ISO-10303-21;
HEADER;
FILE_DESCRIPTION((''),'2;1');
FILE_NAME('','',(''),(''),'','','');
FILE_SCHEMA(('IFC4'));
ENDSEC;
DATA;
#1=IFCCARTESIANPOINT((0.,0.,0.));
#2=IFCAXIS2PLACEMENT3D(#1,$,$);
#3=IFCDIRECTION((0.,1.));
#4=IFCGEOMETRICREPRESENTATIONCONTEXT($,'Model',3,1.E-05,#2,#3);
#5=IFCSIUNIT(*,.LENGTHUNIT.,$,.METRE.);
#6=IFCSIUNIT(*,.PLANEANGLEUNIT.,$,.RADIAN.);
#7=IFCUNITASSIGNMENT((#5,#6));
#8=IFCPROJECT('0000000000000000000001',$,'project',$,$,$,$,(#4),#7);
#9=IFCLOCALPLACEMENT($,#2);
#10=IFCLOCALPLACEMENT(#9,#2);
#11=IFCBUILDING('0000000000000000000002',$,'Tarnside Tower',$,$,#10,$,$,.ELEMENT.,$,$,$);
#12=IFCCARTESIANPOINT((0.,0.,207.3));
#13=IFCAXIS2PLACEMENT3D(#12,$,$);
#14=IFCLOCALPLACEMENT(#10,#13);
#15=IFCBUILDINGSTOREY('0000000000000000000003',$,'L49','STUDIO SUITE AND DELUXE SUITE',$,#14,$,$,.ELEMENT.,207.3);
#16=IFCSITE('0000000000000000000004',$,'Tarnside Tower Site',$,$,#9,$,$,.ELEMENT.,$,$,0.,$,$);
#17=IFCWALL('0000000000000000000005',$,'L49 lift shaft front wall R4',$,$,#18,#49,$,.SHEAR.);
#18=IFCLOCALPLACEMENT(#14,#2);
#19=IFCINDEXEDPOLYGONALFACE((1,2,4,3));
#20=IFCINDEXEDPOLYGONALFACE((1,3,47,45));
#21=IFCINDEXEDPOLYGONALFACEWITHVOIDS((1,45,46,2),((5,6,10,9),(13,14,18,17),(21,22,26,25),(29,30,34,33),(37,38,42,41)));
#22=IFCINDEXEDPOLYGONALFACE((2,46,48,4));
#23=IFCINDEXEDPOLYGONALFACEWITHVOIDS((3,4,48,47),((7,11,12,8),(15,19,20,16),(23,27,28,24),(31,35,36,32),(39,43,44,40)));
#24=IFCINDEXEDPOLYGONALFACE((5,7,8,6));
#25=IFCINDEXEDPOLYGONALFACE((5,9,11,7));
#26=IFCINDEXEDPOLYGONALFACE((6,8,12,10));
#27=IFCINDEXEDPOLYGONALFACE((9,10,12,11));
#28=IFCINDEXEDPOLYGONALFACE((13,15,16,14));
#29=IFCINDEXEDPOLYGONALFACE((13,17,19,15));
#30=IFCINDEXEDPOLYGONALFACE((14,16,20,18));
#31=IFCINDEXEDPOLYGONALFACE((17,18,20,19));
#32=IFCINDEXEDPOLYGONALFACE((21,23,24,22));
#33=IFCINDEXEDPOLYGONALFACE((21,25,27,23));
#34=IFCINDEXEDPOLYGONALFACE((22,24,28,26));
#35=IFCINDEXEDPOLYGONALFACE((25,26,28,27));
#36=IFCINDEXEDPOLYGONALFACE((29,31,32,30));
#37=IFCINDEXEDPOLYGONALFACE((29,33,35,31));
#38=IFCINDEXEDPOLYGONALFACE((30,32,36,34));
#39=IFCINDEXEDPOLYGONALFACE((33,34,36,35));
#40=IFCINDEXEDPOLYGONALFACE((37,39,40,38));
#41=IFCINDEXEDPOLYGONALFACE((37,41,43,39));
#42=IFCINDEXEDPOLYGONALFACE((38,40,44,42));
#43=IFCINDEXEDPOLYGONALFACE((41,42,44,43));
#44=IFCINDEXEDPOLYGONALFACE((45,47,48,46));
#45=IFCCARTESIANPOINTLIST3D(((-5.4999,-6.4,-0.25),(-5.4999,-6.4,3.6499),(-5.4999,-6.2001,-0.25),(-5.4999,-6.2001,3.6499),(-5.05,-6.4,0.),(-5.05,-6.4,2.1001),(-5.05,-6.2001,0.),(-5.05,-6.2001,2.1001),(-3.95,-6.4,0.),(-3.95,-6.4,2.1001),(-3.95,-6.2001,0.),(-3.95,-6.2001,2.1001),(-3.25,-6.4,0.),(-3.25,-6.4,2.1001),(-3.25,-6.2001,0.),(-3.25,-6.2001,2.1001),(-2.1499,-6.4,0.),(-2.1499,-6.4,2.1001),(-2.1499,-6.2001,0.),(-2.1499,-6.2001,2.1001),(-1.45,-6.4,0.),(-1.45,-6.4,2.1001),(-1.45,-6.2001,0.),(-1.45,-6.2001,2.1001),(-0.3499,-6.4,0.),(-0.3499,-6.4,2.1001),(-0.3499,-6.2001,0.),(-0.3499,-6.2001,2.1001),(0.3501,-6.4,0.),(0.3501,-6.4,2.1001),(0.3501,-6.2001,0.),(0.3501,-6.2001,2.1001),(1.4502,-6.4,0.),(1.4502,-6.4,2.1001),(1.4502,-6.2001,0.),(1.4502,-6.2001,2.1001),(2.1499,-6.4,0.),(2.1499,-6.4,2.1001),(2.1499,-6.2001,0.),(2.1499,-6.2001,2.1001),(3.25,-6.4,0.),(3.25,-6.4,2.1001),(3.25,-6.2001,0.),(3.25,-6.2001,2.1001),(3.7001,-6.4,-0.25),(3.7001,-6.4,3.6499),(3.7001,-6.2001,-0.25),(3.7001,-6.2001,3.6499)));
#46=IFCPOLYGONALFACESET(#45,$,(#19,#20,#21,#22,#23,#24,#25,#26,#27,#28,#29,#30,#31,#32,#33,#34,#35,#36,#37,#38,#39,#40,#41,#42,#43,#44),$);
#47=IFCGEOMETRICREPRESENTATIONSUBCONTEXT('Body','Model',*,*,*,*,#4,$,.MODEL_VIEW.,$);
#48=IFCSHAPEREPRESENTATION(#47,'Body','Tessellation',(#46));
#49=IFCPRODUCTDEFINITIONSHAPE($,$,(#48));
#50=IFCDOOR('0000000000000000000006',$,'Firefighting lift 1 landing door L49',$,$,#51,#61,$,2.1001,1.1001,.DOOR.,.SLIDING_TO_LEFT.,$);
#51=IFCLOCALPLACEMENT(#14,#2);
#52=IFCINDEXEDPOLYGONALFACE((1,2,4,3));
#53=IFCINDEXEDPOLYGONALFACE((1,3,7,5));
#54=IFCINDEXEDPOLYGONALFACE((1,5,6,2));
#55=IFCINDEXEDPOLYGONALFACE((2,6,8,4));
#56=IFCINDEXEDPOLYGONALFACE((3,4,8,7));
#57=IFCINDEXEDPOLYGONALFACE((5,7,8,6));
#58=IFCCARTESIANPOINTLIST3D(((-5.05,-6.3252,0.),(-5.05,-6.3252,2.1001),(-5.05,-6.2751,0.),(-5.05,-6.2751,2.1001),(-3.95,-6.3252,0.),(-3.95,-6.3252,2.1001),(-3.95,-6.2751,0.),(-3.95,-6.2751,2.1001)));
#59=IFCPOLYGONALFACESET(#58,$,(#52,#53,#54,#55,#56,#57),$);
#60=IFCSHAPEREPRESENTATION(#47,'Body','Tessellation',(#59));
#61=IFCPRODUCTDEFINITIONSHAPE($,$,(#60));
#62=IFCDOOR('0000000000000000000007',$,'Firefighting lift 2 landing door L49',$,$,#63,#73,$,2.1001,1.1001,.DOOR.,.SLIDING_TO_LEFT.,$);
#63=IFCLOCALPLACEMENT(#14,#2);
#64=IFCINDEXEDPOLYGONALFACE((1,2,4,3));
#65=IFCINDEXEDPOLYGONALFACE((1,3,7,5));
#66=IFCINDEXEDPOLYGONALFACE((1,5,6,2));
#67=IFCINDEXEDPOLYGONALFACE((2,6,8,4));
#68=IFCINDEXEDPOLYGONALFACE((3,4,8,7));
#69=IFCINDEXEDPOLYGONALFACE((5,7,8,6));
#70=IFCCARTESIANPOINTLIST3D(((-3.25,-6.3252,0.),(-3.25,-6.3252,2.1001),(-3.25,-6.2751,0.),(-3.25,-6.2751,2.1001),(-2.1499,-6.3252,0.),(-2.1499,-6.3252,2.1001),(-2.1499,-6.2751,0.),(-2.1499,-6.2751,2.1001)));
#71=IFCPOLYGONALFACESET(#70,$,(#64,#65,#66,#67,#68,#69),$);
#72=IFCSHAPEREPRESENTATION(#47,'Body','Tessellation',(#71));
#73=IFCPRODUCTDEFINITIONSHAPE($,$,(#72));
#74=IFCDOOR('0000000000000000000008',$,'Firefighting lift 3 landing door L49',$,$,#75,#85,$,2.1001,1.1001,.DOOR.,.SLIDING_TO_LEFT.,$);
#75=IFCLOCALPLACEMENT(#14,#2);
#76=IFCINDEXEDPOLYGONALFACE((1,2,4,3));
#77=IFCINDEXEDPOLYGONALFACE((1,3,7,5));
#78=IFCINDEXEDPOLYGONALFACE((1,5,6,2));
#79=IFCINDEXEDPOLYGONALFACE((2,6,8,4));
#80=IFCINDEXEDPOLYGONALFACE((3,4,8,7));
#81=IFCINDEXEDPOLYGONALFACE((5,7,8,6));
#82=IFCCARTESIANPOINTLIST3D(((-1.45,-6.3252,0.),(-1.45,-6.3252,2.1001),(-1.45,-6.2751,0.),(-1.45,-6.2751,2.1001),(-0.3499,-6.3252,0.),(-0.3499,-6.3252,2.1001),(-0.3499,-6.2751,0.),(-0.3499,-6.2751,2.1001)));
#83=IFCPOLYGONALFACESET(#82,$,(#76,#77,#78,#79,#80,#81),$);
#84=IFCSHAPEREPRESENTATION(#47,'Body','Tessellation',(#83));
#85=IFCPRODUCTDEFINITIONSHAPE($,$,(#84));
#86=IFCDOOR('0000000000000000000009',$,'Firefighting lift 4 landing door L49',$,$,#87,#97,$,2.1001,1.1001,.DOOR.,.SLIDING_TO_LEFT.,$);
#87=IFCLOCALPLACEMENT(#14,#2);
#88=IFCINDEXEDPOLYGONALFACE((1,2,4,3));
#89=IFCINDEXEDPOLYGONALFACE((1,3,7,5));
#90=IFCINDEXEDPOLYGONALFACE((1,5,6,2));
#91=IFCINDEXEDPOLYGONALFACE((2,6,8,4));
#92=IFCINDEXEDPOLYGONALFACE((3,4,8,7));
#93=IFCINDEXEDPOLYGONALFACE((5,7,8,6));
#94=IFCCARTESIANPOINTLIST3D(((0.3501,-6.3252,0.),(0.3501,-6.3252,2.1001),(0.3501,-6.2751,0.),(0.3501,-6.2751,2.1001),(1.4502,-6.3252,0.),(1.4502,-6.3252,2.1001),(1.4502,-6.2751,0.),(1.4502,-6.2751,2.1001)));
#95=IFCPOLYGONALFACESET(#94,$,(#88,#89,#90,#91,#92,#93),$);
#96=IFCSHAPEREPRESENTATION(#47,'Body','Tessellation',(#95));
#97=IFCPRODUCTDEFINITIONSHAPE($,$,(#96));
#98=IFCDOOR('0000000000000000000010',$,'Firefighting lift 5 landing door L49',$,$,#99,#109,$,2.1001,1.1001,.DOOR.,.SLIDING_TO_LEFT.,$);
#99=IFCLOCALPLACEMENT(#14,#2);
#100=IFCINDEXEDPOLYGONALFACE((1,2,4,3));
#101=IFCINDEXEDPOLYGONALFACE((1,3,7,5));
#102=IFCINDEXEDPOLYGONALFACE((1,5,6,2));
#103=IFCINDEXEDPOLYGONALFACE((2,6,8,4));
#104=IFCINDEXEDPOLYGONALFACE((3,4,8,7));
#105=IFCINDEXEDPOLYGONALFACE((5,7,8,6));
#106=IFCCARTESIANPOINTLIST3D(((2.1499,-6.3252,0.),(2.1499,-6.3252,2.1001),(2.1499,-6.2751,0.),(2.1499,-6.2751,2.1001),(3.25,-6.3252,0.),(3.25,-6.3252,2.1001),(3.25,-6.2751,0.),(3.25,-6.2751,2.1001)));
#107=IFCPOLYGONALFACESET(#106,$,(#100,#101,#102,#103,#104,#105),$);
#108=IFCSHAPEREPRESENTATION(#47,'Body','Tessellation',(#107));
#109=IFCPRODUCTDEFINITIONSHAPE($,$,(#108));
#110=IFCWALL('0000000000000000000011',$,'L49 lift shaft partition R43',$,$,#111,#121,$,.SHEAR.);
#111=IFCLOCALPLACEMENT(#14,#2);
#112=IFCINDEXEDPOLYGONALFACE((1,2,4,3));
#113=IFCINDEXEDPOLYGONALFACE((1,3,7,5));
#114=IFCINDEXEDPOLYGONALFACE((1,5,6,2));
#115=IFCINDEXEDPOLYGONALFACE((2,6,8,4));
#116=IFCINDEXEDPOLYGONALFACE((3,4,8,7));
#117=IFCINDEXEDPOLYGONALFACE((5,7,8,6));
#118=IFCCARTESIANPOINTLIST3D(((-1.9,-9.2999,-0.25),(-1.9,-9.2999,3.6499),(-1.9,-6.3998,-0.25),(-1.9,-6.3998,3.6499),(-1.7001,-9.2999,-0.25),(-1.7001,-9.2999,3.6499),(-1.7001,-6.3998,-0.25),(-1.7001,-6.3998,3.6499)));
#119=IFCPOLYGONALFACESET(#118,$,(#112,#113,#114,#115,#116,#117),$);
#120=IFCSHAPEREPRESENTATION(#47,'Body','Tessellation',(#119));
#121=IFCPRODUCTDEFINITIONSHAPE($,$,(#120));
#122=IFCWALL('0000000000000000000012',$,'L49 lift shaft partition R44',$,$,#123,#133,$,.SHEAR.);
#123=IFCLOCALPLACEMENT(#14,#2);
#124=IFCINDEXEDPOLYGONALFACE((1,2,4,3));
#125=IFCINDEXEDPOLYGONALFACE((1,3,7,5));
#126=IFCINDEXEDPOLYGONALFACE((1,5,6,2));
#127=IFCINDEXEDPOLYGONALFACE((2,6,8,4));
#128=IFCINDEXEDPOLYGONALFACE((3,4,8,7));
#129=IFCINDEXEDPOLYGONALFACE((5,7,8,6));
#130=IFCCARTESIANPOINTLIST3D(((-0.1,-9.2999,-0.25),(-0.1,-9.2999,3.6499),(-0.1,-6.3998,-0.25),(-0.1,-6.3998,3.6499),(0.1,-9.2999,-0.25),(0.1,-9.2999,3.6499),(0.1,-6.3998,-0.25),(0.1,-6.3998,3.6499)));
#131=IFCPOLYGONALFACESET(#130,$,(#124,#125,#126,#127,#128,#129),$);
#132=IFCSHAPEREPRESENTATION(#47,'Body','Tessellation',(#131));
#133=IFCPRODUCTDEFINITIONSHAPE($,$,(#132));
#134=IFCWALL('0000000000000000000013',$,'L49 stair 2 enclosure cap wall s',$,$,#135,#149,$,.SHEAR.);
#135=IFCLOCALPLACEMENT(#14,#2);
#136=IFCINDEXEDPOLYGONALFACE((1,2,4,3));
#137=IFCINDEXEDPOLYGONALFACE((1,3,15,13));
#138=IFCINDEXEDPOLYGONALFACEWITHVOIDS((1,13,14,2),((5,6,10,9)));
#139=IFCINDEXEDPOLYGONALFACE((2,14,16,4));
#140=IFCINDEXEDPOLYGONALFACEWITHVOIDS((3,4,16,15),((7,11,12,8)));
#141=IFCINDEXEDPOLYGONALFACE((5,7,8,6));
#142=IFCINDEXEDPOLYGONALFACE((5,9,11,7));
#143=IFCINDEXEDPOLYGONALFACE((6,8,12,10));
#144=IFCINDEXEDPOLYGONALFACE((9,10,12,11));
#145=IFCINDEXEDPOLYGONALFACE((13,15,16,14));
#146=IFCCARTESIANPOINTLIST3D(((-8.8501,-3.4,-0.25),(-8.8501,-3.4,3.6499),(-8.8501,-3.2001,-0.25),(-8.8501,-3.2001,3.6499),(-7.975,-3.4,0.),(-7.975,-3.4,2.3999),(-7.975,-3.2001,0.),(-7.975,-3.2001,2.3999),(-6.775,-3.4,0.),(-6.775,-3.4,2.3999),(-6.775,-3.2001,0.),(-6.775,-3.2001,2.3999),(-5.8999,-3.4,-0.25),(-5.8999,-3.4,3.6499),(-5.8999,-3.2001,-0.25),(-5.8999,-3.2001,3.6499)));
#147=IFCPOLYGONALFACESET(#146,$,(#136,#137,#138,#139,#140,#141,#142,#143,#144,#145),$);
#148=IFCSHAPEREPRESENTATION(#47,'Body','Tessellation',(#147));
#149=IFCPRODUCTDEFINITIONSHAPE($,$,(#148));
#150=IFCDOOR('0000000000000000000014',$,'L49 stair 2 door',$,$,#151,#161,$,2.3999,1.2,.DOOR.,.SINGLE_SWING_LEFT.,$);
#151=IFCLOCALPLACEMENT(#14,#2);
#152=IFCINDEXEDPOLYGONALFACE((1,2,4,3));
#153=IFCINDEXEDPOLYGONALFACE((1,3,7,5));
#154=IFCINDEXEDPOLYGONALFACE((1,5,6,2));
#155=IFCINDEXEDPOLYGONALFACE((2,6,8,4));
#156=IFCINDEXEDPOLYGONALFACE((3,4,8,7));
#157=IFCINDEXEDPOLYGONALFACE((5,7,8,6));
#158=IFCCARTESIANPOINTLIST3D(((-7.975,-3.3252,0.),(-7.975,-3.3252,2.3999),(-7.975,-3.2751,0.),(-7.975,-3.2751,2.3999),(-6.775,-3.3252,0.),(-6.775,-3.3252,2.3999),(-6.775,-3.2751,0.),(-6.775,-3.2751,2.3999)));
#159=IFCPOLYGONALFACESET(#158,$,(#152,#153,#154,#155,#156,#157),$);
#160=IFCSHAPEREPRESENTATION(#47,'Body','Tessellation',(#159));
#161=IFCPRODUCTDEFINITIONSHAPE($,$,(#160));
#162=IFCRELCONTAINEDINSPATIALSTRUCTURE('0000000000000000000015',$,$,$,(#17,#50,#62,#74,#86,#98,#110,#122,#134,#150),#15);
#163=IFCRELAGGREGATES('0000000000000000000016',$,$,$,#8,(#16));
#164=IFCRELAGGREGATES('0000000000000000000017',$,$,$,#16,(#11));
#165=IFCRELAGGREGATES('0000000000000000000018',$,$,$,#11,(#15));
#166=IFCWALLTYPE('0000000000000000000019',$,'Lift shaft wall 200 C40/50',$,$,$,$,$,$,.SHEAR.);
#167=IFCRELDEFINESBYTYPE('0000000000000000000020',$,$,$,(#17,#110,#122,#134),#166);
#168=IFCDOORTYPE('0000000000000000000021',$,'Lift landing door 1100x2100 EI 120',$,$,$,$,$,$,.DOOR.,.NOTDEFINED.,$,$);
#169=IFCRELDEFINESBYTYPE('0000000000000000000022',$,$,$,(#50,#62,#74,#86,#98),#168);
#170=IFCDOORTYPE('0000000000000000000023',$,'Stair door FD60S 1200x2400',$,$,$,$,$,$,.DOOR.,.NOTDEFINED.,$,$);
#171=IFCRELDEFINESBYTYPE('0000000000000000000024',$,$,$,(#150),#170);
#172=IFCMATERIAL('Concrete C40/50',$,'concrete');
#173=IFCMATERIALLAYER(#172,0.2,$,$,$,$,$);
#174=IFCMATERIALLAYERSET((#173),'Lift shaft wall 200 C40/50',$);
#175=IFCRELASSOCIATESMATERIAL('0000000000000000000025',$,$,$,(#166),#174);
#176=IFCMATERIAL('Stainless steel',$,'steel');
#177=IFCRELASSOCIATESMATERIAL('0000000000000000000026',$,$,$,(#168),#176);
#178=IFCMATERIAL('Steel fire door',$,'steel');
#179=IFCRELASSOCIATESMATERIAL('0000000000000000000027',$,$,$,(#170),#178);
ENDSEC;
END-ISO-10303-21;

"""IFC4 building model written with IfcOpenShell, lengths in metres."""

from ifc_helpers import new_model, si_unit, direction, frame, frame_2d, origin, place, context, subcontext, project, spatial, rectangle, extrude, material, layer, layer_set, type_object, element, fill, save


model = new_model("IFC4")

# Units and contexts
model_context = context("Model", 3, precision=1e-05, world=origin(), true_north=direction((0.0, 1.0)))
body_context = subcontext(model_context, "Body", "Model", "MODEL_VIEW")
ifc_project = project(units=[si_unit("LENGTHUNIT", "METRE"), si_unit("PLANEANGLEUNIT", "RADIAN")], contexts=[model_context])

# Site, building, storey
site_placement = place(None, origin())
site = spatial("IfcSite", under=ifc_project, at=site_placement, Name="Tarnside Tower Site", CompositionType="ELEMENT", RefElevation=0.0)
building_placement = place(site_placement, origin())
building = spatial("IfcBuilding", under=site, at=building_placement, Name="Tarnside Tower", CompositionType="ELEMENT")
storey_placement = place(building_placement, frame((0.0, 0.0, 207.3)))
storey = spatial("IfcBuildingStorey", under=building, at=storey_placement, Name="L49", Description="STUDIO SUITE AND DELUXE SUITE", CompositionType="ELEMENT", Elevation=207.3)

# Shared definitions
ifc_material_1 = material(Name="Concrete C40/50", Category="concrete")
ifc_material_2 = material(Name="Steel fire door", Category="steel")

# Wall, openings, doors
ifc_layer_1 = layer(ifc_material_1, 0.2)
ifc_layer_set_1 = layer_set([ifc_layer_1], Name="Lift shaft wall 200 C40/50")
wall_type_1 = type_object("IfcWallType", Name="Lift shaft wall 200 C40/50", PredefinedType="SHEAR", material=ifc_layer_set_1)
wall_1_placement = place(storey_placement, frame((-5.5, -6.3, -0.25), z_axis=(0.0, 0.0, 1.0), x_axis=(1.0, 0.0, 0.0)))
wall_1 = element("IfcWall", 1, at=wall_1_placement, inside=storey, type_object=wall_type_1, Name="L49 lift shaft front wall R4", PredefinedType="SHEAR", context=body_context, shape_type="SweptSolid", body=[
    extrude(rectangle(XDim=9.2, YDim=0.2, at=frame_2d((4.6001, 0.0))), origin(), (0.0, 0.0, 1.0), 3.8999),
])
opening_1_placement = place(wall_1_placement, frame((0.45, 0.0, 0.25)))
opening_1 = element("IfcOpeningElement", 2, at=opening_1_placement, cuts=wall_1, PredefinedType="OPENING", context=body_context, shape_type="SweptSolid", body=[
    extrude(rectangle(XDim=1.1001, YDim=2.1001, at=frame_2d((0.55, 1.05))), frame((0.0, 0.1099, 0.0), z_axis=(0.0, -1.0, 0.0), x_axis=(1.0, 0.0, 0.0)), (0.0, 0.0, 1.0), 0.22),
])
opening_2_placement = place(wall_1_placement, frame((2.25, 0.0, 0.25)))
opening_2 = element("IfcOpeningElement", 3, at=opening_2_placement, cuts=wall_1, PredefinedType="OPENING", context=body_context, shape_type="SweptSolid", body=[
    extrude(rectangle(XDim=1.1001, YDim=2.1001, at=frame_2d((0.55, 1.05))), frame((0.0, 0.1099, 0.0), z_axis=(0.0, -1.0, 0.0), x_axis=(1.0, 0.0, 0.0)), (0.0, 0.0, 1.0), 0.22),
])
opening_3_placement = place(wall_1_placement, frame((4.05, 0.0, 0.25)))
opening_3 = element("IfcOpeningElement", 4, at=opening_3_placement, cuts=wall_1, PredefinedType="OPENING", context=body_context, shape_type="SweptSolid", body=[
    extrude(rectangle(XDim=1.1001, YDim=2.1001, at=frame_2d((0.55, 1.05))), frame((0.0, 0.1099, 0.0), z_axis=(0.0, -1.0, 0.0), x_axis=(1.0, 0.0, 0.0)), (0.0, 0.0, 1.0), 0.22),
])
opening_4_placement = place(wall_1_placement, frame((5.8501, 0.0, 0.25)))
opening_4 = element("IfcOpeningElement", 5, at=opening_4_placement, cuts=wall_1, PredefinedType="OPENING", context=body_context, shape_type="SweptSolid", body=[
    extrude(rectangle(XDim=1.1001, YDim=2.1001, at=frame_2d((0.55, 1.05))), frame((0.0, 0.1099, 0.0), z_axis=(0.0, -1.0, 0.0), x_axis=(1.0, 0.0, 0.0)), (0.0, 0.0, 1.0), 0.22),
])
opening_5_placement = place(wall_1_placement, frame((7.6499, 0.0, 0.25)))
opening_5 = element("IfcOpeningElement", 6, at=opening_5_placement, cuts=wall_1, PredefinedType="OPENING", context=body_context, shape_type="SweptSolid", body=[
    extrude(rectangle(XDim=1.1001, YDim=2.1001, at=frame_2d((0.55, 1.05))), frame((0.0, 0.1099, 0.0), z_axis=(0.0, -1.0, 0.0), x_axis=(1.0, 0.0, 0.0)), (0.0, 0.0, 1.0), 0.22),
])
ifc_material_3 = material(Name="Stainless steel", Category="steel")
door_type_1 = type_object("IfcDoorType", Name="Lift landing door 1100x2100 EI 120", OperationType="NOTDEFINED", PredefinedType="DOOR", material=ifc_material_3)
door_1_placement = place(opening_1_placement, origin())
door_1 = element("IfcDoor", 7, at=door_1_placement, inside=storey, type_object=door_type_1, Name="Firefighting lift 1 landing door L49", OperationType="SLIDING_TO_LEFT", OverallHeight=2.1001, OverallWidth=1.1001, PredefinedType="DOOR", context=body_context, shape_type="SweptSolid", body=[
    extrude(rectangle(XDim=1.1001, YDim=2.1001, at=frame_2d((0.55, 1.05))), frame((0.0, 0.0249, 0.0), z_axis=(0.0, -1.0, 0.0), x_axis=(1.0, 0.0, 0.0)), (0.0, 0.0, 1.0), 0.05),
])
fill(opening_1, door_1)
door_2_placement = place(opening_2_placement, origin())
door_2 = element("IfcDoor", 8, at=door_2_placement, inside=storey, type_object=door_type_1, Name="Firefighting lift 2 landing door L49", OperationType="SLIDING_TO_LEFT", OverallHeight=2.1001, OverallWidth=1.1001, PredefinedType="DOOR", context=body_context, shape_type="SweptSolid", body=[
    extrude(rectangle(XDim=1.1001, YDim=2.1001, at=frame_2d((0.55, 1.05))), frame((0.0, 0.0249, 0.0), z_axis=(0.0, -1.0, 0.0), x_axis=(1.0, 0.0, 0.0)), (0.0, 0.0, 1.0), 0.05),
])
fill(opening_2, door_2)
door_3_placement = place(opening_3_placement, origin())
door_3 = element("IfcDoor", 9, at=door_3_placement, inside=storey, type_object=door_type_1, Name="Firefighting lift 3 landing door L49", OperationType="SLIDING_TO_LEFT", OverallHeight=2.1001, OverallWidth=1.1001, PredefinedType="DOOR", context=body_context, shape_type="SweptSolid", body=[
    extrude(rectangle(XDim=1.1001, YDim=2.1001, at=frame_2d((0.55, 1.05))), frame((0.0, 0.0249, 0.0), z_axis=(0.0, -1.0, 0.0), x_axis=(1.0, 0.0, 0.0)), (0.0, 0.0, 1.0), 0.05),
])
fill(opening_3, door_3)
door_4_placement = place(opening_4_placement, origin())
door_4 = element("IfcDoor", 10, at=door_4_placement, inside=storey, type_object=door_type_1, Name="Firefighting lift 4 landing door L49", OperationType="SLIDING_TO_LEFT", OverallHeight=2.1001, OverallWidth=1.1001, PredefinedType="DOOR", context=body_context, shape_type="SweptSolid", body=[
    extrude(rectangle(XDim=1.1001, YDim=2.1001, at=frame_2d((0.55, 1.05))), frame((0.0, 0.0249, 0.0), z_axis=(0.0, -1.0, 0.0), x_axis=(1.0, 0.0, 0.0)), (0.0, 0.0, 1.0), 0.05),
])
fill(opening_4, door_4)
door_5_placement = place(opening_5_placement, origin())
door_5 = element("IfcDoor", 11, at=door_5_placement, inside=storey, type_object=door_type_1, Name="Firefighting lift 5 landing door L49", OperationType="SLIDING_TO_LEFT", OverallHeight=2.1001, OverallWidth=1.1001, PredefinedType="DOOR", context=body_context, shape_type="SweptSolid", body=[
    extrude(rectangle(XDim=1.1001, YDim=2.1001, at=frame_2d((0.55, 1.05))), frame((0.0, 0.0249, 0.0), z_axis=(0.0, -1.0, 0.0), x_axis=(1.0, 0.0, 0.0)), (0.0, 0.0, 1.0), 0.05),
])
fill(opening_5, door_5)

# Walls
for number, where, z_axis, x_axis, name in (
    (12, (-1.8, -9.3, -0.25), (0.0, 0.0, 1.0), (0.0, 1.0, 0.0), "L49 lift shaft partition R43"),
    (13, (0.0, -9.3, -0.25), (0.0, 0.0, 1.0), (0.0, 1.0, 0.0), "L49 lift shaft partition R44"),
):
    element("IfcWall", number, at=place(storey_placement, frame(where, z_axis=z_axis, x_axis=x_axis)), inside=storey, type_object=wall_type_1, Name=name, PredefinedType="SHEAR", context=body_context, shape_type="SweptSolid", body=[
        extrude(rectangle(XDim=2.9001, YDim=0.2, at=frame_2d((1.4502, 0.0))), origin(), (0.0, 0.0, 1.0), 3.8999),
    ])

# Wall, opening, door
wall_2_placement = place(storey_placement, frame((-8.8501, -3.3, -0.25), z_axis=(0.0, 0.0, 1.0), x_axis=(1.0, 0.0, 0.0)))
wall_2 = element("IfcWall", 14, at=wall_2_placement, inside=storey, type_object=wall_type_1, Name="L49 stair 2 enclosure cap wall s", PredefinedType="SHEAR", context=body_context, shape_type="SweptSolid", body=[
    extrude(rectangle(XDim=2.9502, YDim=0.2, at=frame_2d((1.4751, 0.0))), origin(), (0.0, 0.0, 1.0), 3.8999),
])
opening_6_placement = place(wall_2_placement, frame((0.875, 0.0, 0.25)))
opening_6 = element("IfcOpeningElement", 15, at=opening_6_placement, cuts=wall_2, PredefinedType="OPENING", context=body_context, shape_type="SweptSolid", body=[
    extrude(rectangle(XDim=1.2, YDim=2.3999, at=frame_2d((0.6001, 1.2))), frame((0.0, 0.1099, 0.0), z_axis=(0.0, -1.0, 0.0), x_axis=(1.0, 0.0, 0.0)), (0.0, 0.0, 1.0), 0.22),
])
door_type_2 = type_object("IfcDoorType", Name="Stair door FD60S 1200x2400", OperationType="NOTDEFINED", PredefinedType="DOOR", material=ifc_material_2)
door_6_placement = place(opening_6_placement, origin())
door_6 = element("IfcDoor", 16, at=door_6_placement, inside=storey, type_object=door_type_2, Name="L49 stair 2 door", OperationType="SINGLE_SWING_LEFT", OverallHeight=2.3999, OverallWidth=1.2, PredefinedType="DOOR", context=body_context, shape_type="SweptSolid", body=[
    extrude(rectangle(XDim=1.2, YDim=2.3999, at=frame_2d((0.6001, 1.2))), frame((0.0, 0.0249, 0.0), z_axis=(0.0, -1.0, 0.0), x_axis=(1.0, 0.0, 0.0)), (0.0, 0.0, 1.0), 0.05),
])
fill(opening_6, door_6)

save(model, "model.ifc")
